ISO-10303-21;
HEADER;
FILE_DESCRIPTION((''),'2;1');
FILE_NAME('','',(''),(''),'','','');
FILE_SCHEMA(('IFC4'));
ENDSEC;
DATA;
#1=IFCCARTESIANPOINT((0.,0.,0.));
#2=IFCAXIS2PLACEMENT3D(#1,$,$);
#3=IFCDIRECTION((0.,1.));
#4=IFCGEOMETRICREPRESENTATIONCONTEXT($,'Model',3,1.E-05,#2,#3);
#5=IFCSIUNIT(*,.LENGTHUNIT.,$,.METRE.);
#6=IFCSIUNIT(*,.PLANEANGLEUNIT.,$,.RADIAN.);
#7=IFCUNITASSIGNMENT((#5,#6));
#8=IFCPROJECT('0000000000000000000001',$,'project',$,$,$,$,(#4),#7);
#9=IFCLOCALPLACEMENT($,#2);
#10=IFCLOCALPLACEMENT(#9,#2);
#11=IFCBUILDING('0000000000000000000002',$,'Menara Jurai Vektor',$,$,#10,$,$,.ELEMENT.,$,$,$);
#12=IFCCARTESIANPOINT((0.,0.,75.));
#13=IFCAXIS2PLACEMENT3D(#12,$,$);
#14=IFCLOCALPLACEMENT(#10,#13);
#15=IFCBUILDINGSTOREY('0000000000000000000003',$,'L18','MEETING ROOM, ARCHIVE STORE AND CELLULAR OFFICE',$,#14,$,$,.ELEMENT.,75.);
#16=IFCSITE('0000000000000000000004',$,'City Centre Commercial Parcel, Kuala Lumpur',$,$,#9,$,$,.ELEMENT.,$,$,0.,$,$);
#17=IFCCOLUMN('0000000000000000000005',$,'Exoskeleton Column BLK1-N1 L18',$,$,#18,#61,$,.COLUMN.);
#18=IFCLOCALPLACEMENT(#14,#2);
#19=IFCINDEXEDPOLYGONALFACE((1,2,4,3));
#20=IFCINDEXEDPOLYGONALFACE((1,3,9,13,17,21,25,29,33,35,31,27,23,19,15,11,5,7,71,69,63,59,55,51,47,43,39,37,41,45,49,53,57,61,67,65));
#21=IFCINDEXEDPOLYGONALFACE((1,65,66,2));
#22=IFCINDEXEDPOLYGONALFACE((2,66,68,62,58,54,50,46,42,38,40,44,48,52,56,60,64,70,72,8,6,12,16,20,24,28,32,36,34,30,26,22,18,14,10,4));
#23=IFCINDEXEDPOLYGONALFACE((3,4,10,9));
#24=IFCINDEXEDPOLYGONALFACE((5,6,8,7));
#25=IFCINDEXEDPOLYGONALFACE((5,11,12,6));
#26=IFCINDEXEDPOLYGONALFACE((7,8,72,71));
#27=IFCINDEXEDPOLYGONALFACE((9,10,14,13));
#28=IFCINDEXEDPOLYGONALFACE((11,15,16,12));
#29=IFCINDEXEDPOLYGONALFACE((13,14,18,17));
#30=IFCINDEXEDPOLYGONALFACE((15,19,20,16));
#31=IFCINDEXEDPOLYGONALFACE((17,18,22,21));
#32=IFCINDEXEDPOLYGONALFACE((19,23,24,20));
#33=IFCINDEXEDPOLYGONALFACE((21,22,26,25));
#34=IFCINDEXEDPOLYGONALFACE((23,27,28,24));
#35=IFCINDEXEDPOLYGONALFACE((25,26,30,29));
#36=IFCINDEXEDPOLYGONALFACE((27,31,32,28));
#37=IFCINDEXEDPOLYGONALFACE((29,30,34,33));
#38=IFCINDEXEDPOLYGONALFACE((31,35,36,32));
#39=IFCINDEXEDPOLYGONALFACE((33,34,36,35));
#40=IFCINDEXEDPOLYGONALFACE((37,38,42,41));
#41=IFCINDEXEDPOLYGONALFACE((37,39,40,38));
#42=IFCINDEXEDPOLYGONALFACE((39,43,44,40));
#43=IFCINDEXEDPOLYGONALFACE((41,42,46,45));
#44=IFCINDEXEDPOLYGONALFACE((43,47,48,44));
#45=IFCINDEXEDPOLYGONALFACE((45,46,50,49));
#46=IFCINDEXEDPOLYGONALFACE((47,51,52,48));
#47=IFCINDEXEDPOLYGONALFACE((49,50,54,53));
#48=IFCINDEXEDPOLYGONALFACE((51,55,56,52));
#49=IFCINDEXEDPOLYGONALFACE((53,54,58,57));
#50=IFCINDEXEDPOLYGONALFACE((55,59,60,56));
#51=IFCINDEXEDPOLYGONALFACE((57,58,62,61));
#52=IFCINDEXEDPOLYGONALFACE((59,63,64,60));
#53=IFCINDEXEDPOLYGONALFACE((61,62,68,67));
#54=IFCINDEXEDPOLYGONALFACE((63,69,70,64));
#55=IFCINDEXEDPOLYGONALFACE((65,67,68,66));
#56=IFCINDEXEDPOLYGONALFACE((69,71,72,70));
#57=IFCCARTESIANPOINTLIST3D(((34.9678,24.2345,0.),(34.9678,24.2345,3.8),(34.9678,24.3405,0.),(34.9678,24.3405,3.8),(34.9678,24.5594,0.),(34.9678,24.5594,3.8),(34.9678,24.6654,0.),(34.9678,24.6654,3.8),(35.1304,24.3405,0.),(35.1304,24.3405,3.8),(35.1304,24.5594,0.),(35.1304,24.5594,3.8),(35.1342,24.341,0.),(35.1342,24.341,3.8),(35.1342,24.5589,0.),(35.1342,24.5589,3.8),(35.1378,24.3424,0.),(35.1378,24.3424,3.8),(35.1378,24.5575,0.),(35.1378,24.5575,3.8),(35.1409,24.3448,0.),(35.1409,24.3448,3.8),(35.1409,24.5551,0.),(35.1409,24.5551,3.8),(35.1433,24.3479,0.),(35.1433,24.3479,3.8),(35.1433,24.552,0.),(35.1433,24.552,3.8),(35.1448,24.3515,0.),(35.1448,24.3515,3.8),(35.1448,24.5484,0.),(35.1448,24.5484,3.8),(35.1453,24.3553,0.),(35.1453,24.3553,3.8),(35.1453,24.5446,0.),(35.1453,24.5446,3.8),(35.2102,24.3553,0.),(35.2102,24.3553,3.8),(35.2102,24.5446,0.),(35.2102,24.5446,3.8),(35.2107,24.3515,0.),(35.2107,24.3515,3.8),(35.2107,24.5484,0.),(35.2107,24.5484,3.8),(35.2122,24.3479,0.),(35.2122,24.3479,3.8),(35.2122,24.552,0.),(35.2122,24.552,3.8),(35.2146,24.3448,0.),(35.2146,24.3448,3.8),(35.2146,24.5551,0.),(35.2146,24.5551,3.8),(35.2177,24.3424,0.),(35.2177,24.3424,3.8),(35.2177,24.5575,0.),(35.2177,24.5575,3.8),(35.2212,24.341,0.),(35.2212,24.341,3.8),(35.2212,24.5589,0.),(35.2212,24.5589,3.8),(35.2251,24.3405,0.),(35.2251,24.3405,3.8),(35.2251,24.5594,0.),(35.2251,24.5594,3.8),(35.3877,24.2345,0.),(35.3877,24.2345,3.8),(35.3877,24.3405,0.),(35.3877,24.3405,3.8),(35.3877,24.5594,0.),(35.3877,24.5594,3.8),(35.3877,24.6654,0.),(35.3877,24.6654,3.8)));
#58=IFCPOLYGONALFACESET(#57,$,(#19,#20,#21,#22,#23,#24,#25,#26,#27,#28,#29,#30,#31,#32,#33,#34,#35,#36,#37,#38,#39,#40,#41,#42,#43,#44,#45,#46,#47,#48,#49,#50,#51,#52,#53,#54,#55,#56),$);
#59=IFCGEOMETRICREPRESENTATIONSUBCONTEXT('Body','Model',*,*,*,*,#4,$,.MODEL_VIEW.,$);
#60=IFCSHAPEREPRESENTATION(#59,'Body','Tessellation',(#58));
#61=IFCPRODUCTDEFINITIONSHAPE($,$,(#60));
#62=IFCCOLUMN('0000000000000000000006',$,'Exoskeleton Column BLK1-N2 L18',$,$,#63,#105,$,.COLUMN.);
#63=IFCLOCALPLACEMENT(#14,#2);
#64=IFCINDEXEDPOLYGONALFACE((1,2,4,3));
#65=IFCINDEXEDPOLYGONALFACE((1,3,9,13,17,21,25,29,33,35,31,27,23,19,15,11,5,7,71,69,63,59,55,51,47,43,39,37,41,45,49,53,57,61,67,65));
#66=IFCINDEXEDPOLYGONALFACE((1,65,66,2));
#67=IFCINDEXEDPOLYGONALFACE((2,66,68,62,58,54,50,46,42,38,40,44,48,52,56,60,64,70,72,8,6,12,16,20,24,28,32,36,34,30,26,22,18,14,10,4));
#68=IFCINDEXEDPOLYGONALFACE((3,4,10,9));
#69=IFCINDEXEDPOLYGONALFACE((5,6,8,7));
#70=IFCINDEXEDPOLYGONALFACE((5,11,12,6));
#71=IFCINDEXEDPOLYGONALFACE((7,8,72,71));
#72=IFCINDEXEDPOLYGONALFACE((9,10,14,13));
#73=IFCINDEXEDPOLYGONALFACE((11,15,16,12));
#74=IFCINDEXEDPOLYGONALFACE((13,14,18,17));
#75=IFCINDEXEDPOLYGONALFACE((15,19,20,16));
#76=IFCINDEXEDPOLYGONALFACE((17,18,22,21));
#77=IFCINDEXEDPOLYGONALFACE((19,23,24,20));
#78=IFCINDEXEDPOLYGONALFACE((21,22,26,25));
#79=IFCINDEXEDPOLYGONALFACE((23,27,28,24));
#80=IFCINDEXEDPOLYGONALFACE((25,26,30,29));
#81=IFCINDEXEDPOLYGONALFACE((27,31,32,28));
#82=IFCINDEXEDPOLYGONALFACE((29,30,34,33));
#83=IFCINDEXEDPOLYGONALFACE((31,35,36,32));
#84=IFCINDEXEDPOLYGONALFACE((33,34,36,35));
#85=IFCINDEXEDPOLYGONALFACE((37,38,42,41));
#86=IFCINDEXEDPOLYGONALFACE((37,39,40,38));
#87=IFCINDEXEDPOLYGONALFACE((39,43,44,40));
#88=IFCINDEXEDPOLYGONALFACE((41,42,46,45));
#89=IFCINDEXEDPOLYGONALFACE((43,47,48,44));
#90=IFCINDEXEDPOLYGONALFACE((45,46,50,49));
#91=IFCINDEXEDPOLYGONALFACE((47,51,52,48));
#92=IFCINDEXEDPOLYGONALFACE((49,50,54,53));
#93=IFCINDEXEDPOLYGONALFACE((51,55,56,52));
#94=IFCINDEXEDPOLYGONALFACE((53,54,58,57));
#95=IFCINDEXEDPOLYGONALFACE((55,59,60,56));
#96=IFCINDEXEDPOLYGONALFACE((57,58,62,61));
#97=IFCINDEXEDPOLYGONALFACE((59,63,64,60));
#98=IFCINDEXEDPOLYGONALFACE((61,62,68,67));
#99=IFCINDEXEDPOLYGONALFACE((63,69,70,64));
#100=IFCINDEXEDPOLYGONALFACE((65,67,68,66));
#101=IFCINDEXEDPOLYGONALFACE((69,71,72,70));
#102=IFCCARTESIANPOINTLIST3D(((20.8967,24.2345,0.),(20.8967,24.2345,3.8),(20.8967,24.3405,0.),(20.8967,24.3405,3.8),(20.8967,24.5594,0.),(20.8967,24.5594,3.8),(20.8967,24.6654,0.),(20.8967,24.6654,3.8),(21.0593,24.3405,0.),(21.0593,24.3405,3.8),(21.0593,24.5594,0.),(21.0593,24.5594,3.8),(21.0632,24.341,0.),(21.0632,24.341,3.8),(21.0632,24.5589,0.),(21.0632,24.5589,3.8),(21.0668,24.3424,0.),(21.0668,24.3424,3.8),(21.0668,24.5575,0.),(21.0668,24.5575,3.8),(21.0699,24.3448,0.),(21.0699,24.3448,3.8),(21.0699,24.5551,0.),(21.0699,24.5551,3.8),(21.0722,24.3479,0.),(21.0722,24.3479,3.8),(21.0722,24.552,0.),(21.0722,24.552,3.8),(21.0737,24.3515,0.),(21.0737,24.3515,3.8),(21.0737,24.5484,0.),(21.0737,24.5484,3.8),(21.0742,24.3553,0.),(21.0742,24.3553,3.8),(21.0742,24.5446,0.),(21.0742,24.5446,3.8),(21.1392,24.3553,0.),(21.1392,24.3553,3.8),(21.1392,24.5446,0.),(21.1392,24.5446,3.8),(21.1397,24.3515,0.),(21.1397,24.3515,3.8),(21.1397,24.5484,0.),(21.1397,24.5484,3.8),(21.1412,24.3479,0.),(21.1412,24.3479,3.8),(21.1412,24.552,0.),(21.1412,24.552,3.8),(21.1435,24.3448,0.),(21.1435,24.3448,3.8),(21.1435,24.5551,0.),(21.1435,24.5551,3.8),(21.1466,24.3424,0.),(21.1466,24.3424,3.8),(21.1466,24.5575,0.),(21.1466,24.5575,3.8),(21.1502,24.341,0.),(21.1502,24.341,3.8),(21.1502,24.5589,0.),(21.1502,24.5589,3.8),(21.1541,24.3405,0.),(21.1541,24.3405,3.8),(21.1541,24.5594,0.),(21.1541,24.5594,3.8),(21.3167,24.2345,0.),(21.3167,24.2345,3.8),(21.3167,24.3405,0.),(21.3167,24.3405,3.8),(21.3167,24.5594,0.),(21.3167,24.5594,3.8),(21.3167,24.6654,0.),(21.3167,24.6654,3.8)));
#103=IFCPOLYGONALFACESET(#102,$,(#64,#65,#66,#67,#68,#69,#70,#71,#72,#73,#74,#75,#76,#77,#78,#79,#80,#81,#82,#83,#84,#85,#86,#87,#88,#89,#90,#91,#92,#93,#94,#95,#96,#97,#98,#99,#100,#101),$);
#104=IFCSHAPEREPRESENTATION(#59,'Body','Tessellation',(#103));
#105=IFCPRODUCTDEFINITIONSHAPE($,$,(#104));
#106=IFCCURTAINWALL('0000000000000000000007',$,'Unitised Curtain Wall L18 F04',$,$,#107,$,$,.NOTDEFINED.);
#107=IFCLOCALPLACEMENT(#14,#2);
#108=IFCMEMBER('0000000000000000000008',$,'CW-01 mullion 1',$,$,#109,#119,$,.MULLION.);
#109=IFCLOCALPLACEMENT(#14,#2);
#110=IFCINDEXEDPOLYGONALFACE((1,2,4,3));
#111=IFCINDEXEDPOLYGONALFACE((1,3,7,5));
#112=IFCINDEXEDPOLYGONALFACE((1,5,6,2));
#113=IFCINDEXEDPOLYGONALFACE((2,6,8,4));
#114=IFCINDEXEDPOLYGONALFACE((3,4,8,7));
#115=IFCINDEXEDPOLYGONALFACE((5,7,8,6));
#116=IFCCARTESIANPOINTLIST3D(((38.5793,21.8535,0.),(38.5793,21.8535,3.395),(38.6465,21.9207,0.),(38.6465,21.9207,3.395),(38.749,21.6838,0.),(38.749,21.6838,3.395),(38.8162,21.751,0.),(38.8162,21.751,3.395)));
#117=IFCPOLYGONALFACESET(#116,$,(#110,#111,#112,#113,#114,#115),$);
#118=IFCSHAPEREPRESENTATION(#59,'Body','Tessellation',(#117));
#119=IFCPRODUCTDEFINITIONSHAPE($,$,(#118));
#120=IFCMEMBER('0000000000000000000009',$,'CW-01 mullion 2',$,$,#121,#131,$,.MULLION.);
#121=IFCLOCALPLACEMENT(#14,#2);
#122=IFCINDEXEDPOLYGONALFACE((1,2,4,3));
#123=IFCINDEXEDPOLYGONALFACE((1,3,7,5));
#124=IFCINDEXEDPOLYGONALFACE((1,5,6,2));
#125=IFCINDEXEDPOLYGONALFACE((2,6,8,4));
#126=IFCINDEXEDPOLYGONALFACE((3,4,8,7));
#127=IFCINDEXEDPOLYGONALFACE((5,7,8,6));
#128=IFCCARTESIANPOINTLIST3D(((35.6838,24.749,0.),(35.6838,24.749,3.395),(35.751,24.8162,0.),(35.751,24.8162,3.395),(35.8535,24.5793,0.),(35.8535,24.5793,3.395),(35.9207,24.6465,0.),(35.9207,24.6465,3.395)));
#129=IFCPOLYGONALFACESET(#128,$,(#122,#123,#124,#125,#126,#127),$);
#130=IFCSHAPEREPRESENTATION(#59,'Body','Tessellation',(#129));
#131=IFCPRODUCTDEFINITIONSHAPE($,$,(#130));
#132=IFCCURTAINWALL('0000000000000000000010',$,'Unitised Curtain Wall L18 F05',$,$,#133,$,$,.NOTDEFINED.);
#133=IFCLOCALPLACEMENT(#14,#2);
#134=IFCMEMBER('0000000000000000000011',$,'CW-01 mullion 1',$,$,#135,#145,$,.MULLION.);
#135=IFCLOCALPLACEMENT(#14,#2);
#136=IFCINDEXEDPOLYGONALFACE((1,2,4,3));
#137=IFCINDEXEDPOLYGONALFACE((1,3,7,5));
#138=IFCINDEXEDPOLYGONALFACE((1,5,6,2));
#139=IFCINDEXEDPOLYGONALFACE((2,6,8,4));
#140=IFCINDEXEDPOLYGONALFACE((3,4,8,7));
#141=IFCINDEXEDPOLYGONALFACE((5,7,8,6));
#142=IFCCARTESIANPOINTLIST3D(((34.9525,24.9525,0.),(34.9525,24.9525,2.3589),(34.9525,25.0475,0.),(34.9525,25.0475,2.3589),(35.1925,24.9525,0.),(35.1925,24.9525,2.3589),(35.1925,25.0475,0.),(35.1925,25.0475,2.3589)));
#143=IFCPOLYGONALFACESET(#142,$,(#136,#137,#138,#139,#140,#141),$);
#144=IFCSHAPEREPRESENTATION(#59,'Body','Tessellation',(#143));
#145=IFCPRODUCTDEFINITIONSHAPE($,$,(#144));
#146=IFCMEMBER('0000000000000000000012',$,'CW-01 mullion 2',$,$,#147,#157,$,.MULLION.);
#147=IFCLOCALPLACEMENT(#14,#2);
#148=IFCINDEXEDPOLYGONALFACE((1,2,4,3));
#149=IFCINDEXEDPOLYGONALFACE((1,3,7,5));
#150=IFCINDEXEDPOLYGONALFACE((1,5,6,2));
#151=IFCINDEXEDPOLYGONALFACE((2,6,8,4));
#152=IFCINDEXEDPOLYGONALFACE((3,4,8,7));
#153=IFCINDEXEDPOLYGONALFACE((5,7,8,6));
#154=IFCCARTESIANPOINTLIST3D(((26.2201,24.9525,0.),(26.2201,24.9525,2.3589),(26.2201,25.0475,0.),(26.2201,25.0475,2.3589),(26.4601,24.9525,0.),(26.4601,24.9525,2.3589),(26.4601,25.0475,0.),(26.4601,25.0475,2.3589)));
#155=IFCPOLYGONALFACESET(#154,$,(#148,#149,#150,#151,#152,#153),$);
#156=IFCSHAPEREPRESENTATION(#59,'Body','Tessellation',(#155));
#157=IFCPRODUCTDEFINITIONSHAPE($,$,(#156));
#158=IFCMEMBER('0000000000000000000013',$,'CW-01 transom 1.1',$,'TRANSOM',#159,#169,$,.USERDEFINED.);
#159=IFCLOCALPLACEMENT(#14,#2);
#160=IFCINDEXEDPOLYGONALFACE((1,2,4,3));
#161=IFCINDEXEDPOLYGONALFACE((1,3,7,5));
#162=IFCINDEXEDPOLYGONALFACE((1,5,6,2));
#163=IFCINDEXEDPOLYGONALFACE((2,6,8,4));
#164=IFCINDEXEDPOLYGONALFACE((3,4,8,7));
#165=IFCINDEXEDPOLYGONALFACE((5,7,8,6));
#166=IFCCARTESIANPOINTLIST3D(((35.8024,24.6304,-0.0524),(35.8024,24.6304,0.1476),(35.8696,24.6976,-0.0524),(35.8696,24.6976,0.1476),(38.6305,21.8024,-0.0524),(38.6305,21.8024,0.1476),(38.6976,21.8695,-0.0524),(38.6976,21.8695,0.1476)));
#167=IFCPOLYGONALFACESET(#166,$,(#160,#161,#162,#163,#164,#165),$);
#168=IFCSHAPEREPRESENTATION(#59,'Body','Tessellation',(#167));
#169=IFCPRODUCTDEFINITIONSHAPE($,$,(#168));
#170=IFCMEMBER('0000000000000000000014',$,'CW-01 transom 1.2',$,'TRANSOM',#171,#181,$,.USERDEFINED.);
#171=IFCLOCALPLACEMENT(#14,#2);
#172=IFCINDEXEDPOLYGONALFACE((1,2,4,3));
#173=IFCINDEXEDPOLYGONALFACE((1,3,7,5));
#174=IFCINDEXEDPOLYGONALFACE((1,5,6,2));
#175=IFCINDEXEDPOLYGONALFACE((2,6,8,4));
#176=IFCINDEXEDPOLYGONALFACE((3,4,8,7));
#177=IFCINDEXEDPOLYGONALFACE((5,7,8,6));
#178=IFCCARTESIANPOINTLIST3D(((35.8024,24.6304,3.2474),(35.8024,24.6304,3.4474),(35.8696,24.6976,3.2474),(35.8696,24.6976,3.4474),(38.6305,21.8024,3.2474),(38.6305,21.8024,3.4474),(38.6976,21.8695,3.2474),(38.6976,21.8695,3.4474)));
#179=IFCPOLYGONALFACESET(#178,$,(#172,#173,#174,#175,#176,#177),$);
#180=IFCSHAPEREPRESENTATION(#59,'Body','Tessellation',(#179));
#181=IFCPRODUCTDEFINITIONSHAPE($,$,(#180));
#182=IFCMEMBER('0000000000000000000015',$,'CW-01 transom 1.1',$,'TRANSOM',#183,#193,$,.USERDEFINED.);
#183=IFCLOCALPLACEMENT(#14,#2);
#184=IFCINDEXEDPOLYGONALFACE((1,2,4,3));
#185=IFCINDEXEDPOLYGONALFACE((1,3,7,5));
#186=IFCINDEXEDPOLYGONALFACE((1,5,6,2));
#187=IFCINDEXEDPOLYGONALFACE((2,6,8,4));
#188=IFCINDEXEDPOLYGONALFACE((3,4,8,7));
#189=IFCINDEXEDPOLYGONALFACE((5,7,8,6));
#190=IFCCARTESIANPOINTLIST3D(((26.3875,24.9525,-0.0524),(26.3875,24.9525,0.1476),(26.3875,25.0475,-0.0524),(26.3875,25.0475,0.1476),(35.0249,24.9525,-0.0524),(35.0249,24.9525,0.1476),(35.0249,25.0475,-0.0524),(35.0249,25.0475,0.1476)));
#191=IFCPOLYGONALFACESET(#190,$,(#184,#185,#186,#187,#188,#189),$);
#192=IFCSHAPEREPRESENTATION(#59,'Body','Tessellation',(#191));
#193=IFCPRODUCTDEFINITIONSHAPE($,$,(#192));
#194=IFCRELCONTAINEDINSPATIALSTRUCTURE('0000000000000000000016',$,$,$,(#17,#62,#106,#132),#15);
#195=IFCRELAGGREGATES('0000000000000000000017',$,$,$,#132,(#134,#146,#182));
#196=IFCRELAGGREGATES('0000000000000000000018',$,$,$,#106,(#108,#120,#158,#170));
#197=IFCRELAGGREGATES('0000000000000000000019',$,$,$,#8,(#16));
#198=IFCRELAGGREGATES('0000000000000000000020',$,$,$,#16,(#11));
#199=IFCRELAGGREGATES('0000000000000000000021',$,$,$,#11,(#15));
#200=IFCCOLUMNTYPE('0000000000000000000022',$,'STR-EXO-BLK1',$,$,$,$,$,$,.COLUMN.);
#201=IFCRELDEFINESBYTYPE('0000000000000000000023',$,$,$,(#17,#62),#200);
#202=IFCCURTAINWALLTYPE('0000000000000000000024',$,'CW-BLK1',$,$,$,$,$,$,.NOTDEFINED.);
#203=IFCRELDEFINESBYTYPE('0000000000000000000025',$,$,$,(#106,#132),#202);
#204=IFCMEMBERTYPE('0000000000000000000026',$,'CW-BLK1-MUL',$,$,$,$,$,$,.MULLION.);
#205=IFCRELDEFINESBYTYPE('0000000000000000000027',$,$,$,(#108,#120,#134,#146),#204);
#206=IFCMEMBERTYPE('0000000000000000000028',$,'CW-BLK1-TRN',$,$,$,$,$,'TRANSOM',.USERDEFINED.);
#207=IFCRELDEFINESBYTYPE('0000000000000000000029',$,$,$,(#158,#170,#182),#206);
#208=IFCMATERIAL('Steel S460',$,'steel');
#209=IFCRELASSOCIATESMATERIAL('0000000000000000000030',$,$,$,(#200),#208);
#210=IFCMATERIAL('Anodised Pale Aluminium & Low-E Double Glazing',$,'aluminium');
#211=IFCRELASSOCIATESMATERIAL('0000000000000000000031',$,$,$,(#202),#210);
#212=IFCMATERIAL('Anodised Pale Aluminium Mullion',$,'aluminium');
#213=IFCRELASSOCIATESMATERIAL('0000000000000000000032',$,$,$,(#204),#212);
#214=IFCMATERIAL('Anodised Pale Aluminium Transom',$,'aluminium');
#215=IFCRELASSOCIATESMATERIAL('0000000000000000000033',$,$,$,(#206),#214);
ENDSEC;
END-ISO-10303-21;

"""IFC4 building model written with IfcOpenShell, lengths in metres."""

from ifc_helpers import new_model, si_unit, direction, frame, origin, origin_2d, place, context, subcontext, project, spatial, rectangle, i_section, extrude, material, material_profile, profile_set, type_object, element, aggregate, save


model = new_model("IFC4")

# Units and contexts
model_context = context("Model", 3, precision=1e-05, world=origin(), true_north=direction((0.0, 1.0)))
body_context = subcontext(model_context, "Body", "Model", "MODEL_VIEW")
ifc_project = project(units=[si_unit("LENGTHUNIT", "METRE"), si_unit("PLANEANGLEUNIT", "RADIAN")], contexts=[model_context])

# Site, building, storey
site_placement = place(None, origin())
site = spatial("IfcSite", under=ifc_project, at=site_placement, Name="City Centre Commercial Parcel, Kuala Lumpur", CompositionType="ELEMENT", RefElevation=0.0)
building_placement = place(site_placement, origin())
building = spatial("IfcBuilding", under=site, at=building_placement, Name="Menara Jurai Vektor", CompositionType="ELEMENT")
storey_placement = place(building_placement, frame((0.0, 0.0, 75.0)))
storey = spatial("IfcBuildingStorey", under=building, at=storey_placement, Name="L18", Description="MEETING ROOM, ARCHIVE STORE AND CELLULAR OFFICE", CompositionType="ELEMENT", Elevation=75.0)

# Columns
ifc_material_1 = material(Name="Steel S460", Category="steel")
ifc_material_profile_1 = material_profile(ifc_material_1, i_section(OverallWidth=0.4199, OverallDepth=0.4309, WebThickness=0.0649, FlangeThickness=0.106, FilletRadius=0.0149, at=origin_2d()), Name="HD 400x900")
ifc_profile_set_1 = profile_set([ifc_material_profile_1], Name="Steel S460")
column_type = type_object("IfcColumnType", Name="STR-EXO-BLK1", PredefinedType="COLUMN", material=ifc_profile_set_1)
for number, where, z_axis, x_axis, name in (
    (1, (35.1777, 24.45, 0.0), (0.0, 0.0, 1.0), (1.0, 0.0, 0.0), "Exoskeleton Column BLK1-N1 L18"),
    (2, (21.1067, 24.45, 0.0), (0.0, 0.0, 1.0), (1.0, 0.0, 0.0), "Exoskeleton Column BLK1-N2 L18"),
):
    element("IfcColumn", number, at=place(storey_placement, frame(where, z_axis=z_axis, x_axis=x_axis)), inside=storey, type_object=column_type, Name=name, PredefinedType="COLUMN", context=body_context, shape_type="SweptSolid", body=[
        extrude(i_section(OverallWidth=0.4199, OverallDepth=0.4309, WebThickness=0.0649, FlangeThickness=0.106, FilletRadius=0.0149, at=origin_2d()), origin(), (0.0, 0.0, 1.0), 3.8),
    ])

# Curtain walls, members
ifc_material_2 = material(Name="Anodised Pale Aluminium & Low-E Double Glazing", Category="aluminium")
curtain_wall_type = type_object("IfcCurtainWallType", Name="CW-BLK1", PredefinedType="NOTDEFINED", material=ifc_material_2)
curtain_wall_1_placement = place(storey_placement, origin())
curtain_wall_1 = element("IfcCurtainWall", 3, at=curtain_wall_1_placement, inside=storey, type_object=curtain_wall_type, Name="Unitised Curtain Wall L18 F04", PredefinedType="NOTDEFINED")
ifc_material_3 = material(Name="Anodised Pale Aluminium Mullion", Category="aluminium")
ifc_material_profile_2 = material_profile(ifc_material_3, rectangle(XDim=0.095, YDim=0.24, at=origin_2d()), Name="ALU MUL 95x240")
ifc_profile_set_2 = profile_set([ifc_material_profile_2], Name="Anodised Pale Aluminium Mullion")
member_type_1 = type_object("IfcMemberType", Name="CW-BLK1-MUL", PredefinedType="MULLION", material=ifc_profile_set_2)
member_1_placement = place(storey_placement, frame((38.6978, 21.8022, 0.0), z_axis=(0.0, 0.0, 1.0), x_axis=(-0.707107, -0.707107, 0.0)))
member_1 = element("IfcMember", 4, at=member_1_placement, type_object=member_type_1, Name="CW-01 mullion 1", PredefinedType="MULLION", context=body_context, shape_type="SweptSolid", body=[
    extrude(rectangle(XDim=0.095, YDim=0.24, at=origin_2d()), origin(), (0.0, 0.0, 1.0), 3.395),
])
member_2_placement = place(storey_placement, frame((35.8022, 24.6978, 0.0), z_axis=(0.0, 0.0, 1.0), x_axis=(-0.707107, -0.707107, 0.0)))
member_2 = element("IfcMember", 5, at=member_2_placement, type_object=member_type_1, Name="CW-01 mullion 2", PredefinedType="MULLION", context=body_context, shape_type="SweptSolid", body=[
    extrude(rectangle(XDim=0.095, YDim=0.24, at=origin_2d()), origin(), (0.0, 0.0, 1.0), 3.395),
])
curtain_wall_2_placement = place(storey_placement, origin())
curtain_wall_2 = element("IfcCurtainWall", 6, at=curtain_wall_2_placement, inside=storey, type_object=curtain_wall_type, Name="Unitised Curtain Wall L18 F05", PredefinedType="NOTDEFINED")
member_3_placement = place(storey_placement, frame((35.0725, 25.0, 0.0), z_axis=(0.0, 0.0, 1.0), x_axis=(0.0, -1.0, 0.0)))
member_3 = element("IfcMember", 7, at=member_3_placement, type_object=member_type_1, Name="CW-01 mullion 1", PredefinedType="MULLION", context=body_context, shape_type="SweptSolid", body=[
    extrude(rectangle(XDim=0.095, YDim=0.24, at=origin_2d()), origin(), (0.0, 0.0, 1.0), 2.3589),
])
member_4_placement = place(storey_placement, frame((26.3401, 25.0, 0.0), z_axis=(0.0, 0.0, 1.0), x_axis=(0.0, -1.0, 0.0)))
member_4 = element("IfcMember", 8, at=member_4_placement, type_object=member_type_1, Name="CW-01 mullion 2", PredefinedType="MULLION", context=body_context, shape_type="SweptSolid", body=[
    extrude(rectangle(XDim=0.095, YDim=0.24, at=origin_2d()), origin(), (0.0, 0.0, 1.0), 2.3589),
])

# Members
ifc_material_4 = material(Name="Anodised Pale Aluminium Transom", Category="aluminium")
ifc_material_profile_3 = material_profile(ifc_material_4, rectangle(XDim=0.095, YDim=0.2, at=origin_2d()), Name="ALU TRN 95x200")
ifc_profile_set_3 = profile_set([ifc_material_profile_3], Name="Anodised Pale Aluminium Transom")
member_type_2 = type_object("IfcMemberType", Name="CW-BLK1-TRN", ElementType="TRANSOM", PredefinedType="USERDEFINED", material=ifc_profile_set_3)
member_5_placement = place(storey_placement, frame((38.6641, 21.8359, 0.0476), z_axis=(-0.707107, 0.707107, 0.0), x_axis=(-0.707107, -0.707107, 0.0)))
member_5 = element("IfcMember", 9, at=member_5_placement, type_object=member_type_2, Name="CW-01 transom 1.1", ObjectType="TRANSOM", PredefinedType="USERDEFINED", context=body_context, shape_type="SweptSolid", body=[
    extrude(rectangle(XDim=0.095, YDim=0.2, at=origin_2d()), origin(), (0.0, 0.0, 1.0), 3.9995),
])
member_6_placement = place(storey_placement, frame((38.6641, 21.8359, 3.3474), z_axis=(-0.707107, 0.707107, 0.0), x_axis=(-0.707107, -0.707107, 0.0)))
member_6 = element("IfcMember", 10, at=member_6_placement, type_object=member_type_2, Name="CW-01 transom 1.2", ObjectType="TRANSOM", PredefinedType="USERDEFINED", context=body_context, shape_type="SweptSolid", body=[
    extrude(rectangle(XDim=0.095, YDim=0.2, at=origin_2d()), origin(), (0.0, 0.0, 1.0), 3.9995),
])
member_7_placement = place(storey_placement, frame((35.0249, 25.0, 0.0476), z_axis=(-1.0, 0.0, 0.0), x_axis=(0.0, -1.0, 0.0)))
member_7 = element("IfcMember", 11, at=member_7_placement, type_object=member_type_2, Name="CW-01 transom 1.1", ObjectType="TRANSOM", PredefinedType="USERDEFINED", context=body_context, shape_type="SweptSolid", body=[
    extrude(rectangle(XDim=0.095, YDim=0.2, at=origin_2d()), origin(), (0.0, 0.0, 1.0), 8.6375),
])

aggregate(curtain_wall_2, [member_3, member_4, member_7])
aggregate(curtain_wall_1, [member_1, member_2, member_5, member_6])

save(model, "model.ifc")
